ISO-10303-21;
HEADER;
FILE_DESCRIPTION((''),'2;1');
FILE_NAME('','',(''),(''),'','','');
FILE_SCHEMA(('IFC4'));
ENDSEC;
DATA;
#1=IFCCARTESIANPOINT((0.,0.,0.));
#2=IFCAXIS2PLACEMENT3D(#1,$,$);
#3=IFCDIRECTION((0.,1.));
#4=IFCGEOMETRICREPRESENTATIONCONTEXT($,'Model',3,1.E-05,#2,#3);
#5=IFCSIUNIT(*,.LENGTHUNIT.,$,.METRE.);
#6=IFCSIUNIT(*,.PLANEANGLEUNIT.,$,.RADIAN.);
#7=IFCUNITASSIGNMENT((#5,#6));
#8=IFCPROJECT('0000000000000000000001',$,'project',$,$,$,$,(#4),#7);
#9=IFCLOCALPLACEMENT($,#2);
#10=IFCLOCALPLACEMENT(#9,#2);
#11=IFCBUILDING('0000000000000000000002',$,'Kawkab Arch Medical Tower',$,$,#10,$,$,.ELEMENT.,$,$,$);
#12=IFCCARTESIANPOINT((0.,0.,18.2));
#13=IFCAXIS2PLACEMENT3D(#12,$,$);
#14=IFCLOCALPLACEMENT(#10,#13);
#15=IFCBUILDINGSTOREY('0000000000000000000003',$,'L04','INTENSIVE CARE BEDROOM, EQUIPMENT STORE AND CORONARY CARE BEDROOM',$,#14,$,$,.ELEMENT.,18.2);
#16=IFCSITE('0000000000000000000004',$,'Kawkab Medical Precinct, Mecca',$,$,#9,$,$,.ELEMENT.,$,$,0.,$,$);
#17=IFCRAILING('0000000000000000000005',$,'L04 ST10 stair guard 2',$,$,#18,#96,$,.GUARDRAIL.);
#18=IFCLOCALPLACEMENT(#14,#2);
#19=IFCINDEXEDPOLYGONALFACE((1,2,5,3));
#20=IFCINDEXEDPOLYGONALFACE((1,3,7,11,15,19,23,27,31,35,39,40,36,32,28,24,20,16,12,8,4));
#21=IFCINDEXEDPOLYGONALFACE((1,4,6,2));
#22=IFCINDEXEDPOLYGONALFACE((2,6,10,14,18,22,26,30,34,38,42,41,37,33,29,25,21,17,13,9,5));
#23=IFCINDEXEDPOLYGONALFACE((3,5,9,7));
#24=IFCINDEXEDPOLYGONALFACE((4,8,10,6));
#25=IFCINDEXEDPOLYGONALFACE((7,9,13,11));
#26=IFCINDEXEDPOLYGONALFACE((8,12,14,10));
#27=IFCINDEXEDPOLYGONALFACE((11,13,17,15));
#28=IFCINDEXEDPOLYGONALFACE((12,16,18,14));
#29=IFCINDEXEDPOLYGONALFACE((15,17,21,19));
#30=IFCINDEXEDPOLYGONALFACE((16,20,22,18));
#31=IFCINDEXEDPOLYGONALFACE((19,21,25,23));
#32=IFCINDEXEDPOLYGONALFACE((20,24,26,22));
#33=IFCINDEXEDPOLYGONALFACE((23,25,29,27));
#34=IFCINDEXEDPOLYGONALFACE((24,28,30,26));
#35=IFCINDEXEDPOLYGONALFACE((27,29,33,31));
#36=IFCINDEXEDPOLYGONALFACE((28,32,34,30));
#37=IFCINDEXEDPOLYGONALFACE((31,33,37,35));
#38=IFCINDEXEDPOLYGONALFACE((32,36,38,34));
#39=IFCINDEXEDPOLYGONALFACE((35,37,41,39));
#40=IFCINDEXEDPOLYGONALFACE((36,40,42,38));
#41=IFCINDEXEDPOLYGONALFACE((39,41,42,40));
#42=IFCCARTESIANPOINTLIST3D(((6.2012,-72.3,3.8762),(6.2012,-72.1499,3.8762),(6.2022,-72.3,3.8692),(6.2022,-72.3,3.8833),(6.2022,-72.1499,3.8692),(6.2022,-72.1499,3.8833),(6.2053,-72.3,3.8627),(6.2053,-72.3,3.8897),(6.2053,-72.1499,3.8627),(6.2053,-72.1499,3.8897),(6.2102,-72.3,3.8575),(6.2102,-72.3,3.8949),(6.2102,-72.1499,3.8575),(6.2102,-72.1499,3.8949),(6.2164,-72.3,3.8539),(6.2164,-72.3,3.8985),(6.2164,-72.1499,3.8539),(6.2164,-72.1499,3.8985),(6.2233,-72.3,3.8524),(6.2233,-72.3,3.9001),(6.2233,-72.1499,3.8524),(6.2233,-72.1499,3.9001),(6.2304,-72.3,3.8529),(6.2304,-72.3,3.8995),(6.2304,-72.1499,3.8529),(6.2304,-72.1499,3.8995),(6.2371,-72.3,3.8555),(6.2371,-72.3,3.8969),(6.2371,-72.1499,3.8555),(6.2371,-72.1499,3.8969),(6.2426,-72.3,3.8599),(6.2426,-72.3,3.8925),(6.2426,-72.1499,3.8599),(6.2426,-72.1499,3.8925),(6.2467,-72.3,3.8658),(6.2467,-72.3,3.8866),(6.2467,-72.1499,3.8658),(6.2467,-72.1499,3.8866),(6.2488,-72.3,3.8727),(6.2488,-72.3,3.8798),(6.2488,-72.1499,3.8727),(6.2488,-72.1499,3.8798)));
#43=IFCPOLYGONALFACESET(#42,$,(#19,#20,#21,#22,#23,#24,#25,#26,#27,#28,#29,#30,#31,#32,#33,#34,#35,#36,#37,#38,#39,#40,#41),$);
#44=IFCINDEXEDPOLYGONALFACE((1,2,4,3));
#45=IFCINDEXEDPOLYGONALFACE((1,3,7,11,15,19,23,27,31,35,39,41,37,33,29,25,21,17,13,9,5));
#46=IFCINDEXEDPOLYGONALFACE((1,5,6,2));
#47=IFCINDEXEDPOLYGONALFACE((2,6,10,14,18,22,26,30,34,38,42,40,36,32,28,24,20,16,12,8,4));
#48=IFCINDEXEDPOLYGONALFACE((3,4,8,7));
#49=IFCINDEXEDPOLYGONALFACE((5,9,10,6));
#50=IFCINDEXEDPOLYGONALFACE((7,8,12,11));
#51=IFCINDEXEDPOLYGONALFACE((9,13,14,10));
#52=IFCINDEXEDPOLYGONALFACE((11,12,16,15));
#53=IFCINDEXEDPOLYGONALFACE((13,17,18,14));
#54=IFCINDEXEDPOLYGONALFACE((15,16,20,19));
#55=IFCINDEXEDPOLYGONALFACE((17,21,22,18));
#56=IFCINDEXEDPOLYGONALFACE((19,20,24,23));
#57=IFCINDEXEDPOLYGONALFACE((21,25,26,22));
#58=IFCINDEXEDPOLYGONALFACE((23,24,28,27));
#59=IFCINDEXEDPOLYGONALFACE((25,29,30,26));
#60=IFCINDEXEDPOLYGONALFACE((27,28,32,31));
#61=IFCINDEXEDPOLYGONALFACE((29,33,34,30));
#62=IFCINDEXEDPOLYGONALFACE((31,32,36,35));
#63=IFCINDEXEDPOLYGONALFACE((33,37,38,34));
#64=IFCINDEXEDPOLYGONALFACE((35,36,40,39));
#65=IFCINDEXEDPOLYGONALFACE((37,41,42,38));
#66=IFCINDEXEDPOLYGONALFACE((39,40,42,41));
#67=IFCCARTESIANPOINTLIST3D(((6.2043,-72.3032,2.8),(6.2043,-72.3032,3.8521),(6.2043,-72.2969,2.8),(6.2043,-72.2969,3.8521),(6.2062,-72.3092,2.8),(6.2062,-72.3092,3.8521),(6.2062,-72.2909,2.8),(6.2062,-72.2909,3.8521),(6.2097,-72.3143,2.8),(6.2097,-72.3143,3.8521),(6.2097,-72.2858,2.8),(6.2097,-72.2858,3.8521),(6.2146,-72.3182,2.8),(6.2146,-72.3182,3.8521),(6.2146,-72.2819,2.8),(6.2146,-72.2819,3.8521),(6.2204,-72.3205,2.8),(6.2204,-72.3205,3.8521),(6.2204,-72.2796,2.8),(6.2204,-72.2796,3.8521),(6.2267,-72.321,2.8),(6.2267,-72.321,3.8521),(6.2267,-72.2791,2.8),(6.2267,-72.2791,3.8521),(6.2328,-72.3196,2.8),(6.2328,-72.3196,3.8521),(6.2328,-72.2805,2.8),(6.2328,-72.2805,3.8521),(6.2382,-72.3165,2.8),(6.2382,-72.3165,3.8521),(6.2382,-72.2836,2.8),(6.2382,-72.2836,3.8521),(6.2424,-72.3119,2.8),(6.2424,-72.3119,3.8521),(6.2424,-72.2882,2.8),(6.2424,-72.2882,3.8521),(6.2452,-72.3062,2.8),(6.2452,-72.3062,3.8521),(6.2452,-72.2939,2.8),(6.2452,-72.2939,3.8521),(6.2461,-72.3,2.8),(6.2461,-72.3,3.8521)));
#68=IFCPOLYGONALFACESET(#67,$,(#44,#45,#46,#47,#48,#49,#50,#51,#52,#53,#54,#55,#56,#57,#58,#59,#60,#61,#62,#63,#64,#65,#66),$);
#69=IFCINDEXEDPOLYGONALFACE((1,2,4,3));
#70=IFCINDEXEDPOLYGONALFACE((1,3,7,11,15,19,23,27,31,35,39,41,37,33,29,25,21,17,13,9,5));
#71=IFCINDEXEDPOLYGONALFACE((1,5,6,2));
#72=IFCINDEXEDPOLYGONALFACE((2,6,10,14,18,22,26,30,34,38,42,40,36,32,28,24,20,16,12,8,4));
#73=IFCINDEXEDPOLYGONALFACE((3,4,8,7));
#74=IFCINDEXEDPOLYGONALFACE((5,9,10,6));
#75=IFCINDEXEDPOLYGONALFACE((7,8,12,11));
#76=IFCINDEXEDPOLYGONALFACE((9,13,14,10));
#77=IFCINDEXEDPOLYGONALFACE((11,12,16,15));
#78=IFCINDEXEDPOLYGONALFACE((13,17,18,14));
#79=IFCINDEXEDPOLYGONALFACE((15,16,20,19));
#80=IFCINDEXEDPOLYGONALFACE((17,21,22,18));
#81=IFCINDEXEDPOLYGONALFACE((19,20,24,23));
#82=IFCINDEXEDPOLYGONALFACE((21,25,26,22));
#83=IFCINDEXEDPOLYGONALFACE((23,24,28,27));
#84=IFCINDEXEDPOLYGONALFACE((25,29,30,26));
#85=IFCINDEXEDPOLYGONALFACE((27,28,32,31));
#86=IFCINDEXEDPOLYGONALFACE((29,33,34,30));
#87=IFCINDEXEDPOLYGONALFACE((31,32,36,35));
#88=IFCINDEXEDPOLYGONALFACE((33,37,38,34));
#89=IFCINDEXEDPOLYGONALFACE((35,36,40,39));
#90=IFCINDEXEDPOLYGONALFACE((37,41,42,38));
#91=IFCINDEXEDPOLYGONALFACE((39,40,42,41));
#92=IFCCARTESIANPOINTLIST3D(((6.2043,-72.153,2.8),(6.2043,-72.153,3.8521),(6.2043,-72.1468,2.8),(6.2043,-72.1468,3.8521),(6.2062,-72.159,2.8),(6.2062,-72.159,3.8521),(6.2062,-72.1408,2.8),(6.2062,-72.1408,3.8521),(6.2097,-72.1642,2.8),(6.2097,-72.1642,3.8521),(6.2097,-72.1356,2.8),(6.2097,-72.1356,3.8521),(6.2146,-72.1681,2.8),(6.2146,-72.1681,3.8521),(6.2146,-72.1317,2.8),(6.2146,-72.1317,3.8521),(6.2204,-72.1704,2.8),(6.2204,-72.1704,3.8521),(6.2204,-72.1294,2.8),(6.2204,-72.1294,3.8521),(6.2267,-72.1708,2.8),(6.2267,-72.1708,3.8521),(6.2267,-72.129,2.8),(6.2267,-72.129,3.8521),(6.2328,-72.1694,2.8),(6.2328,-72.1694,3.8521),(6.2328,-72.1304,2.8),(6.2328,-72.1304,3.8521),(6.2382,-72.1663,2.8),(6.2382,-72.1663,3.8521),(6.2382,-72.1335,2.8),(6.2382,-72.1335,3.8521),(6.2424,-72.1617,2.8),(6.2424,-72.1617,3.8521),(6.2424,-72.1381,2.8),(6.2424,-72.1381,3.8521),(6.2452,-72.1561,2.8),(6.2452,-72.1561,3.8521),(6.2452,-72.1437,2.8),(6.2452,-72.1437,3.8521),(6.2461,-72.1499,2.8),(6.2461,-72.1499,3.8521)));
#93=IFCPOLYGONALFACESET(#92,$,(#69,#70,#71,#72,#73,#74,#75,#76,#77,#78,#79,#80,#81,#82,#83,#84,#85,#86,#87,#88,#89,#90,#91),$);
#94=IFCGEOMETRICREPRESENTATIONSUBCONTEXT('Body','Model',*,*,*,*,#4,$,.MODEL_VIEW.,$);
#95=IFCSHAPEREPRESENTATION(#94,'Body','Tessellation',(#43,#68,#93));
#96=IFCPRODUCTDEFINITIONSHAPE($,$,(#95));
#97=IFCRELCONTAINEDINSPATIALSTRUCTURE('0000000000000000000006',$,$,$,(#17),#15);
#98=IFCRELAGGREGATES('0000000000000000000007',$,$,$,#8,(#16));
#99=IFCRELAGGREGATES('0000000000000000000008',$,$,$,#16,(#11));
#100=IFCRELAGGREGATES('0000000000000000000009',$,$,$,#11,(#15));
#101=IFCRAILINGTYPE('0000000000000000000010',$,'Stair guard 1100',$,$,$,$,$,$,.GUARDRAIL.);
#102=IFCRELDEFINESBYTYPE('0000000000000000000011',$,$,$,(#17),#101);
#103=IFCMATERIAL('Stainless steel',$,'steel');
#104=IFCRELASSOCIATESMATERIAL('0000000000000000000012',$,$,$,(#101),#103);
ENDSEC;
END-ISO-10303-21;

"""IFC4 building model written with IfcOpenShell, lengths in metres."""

from ifc_helpers import new_model, si_unit, direction, frame, origin, origin_2d, place, context, subcontext, project, spatial, circle, extrude, material, type_object, element, save


model = new_model("IFC4")

# Units and contexts
model_context = context("Model", 3, precision=1e-05, world=origin(), true_north=direction((0.0, 1.0)))
body_context = subcontext(model_context, "Body", "Model", "MODEL_VIEW")
ifc_project = project(units=[si_unit("LENGTHUNIT", "METRE"), si_unit("PLANEANGLEUNIT", "RADIAN")], contexts=[model_context])

# Site, building, storey
site_placement = place(None, origin())
site = spatial("IfcSite", under=ifc_project, at=site_placement, Name="Kawkab Medical Precinct, Mecca", CompositionType="ELEMENT", RefElevation=0.0)
building_placement = place(site_placement, origin())
building = spatial("IfcBuilding", under=site, at=building_placement, Name="Kawkab Arch Medical Tower", CompositionType="ELEMENT")
storey_placement = place(building_placement, frame((0.0, 0.0, 18.2)))
storey = spatial("IfcBuildingStorey", under=building, at=storey_placement, Name="L04", Description="INTENSIVE CARE BEDROOM, EQUIPMENT STORE AND CORONARY CARE BEDROOM", CompositionType="ELEMENT", Elevation=18.2)

# Railing
ifc_material_1 = material(Name="Stainless steel", Category="steel")
railing_type = type_object("IfcRailingType", Name="Stair guard 1100", PredefinedType="GUARDRAIL", material=ifc_material_1)
railing_1_placement = place(storey_placement, frame((6.2251, -72.3, 2.8)))
element("IfcRailing", 1, at=railing_1_placement, inside=storey, type_object=railing_type, Name="L04 ST10 stair guard 2", PredefinedType="GUARDRAIL", context=body_context, shape_type="SweptSolid", body=[
    extrude(circle(Radius=0.0239, at=origin_2d()), frame((0.0, 0.0, 1.0762), z_axis=(0.0, 1.0, 0.0), x_axis=(-1.0, 0.0, 0.0)), (0.0, 0.0, 1.0), 0.1501),
    extrude(circle(Radius=0.021, at=origin_2d()), origin(), (0.0, 0.0, 1.0), 1.052),
    extrude(circle(Radius=0.021, at=origin_2d()), frame((0.0, 0.1501, 0.0)), (0.0, 0.0, 1.0), 1.052),
])

save(model, "model.ifc")
